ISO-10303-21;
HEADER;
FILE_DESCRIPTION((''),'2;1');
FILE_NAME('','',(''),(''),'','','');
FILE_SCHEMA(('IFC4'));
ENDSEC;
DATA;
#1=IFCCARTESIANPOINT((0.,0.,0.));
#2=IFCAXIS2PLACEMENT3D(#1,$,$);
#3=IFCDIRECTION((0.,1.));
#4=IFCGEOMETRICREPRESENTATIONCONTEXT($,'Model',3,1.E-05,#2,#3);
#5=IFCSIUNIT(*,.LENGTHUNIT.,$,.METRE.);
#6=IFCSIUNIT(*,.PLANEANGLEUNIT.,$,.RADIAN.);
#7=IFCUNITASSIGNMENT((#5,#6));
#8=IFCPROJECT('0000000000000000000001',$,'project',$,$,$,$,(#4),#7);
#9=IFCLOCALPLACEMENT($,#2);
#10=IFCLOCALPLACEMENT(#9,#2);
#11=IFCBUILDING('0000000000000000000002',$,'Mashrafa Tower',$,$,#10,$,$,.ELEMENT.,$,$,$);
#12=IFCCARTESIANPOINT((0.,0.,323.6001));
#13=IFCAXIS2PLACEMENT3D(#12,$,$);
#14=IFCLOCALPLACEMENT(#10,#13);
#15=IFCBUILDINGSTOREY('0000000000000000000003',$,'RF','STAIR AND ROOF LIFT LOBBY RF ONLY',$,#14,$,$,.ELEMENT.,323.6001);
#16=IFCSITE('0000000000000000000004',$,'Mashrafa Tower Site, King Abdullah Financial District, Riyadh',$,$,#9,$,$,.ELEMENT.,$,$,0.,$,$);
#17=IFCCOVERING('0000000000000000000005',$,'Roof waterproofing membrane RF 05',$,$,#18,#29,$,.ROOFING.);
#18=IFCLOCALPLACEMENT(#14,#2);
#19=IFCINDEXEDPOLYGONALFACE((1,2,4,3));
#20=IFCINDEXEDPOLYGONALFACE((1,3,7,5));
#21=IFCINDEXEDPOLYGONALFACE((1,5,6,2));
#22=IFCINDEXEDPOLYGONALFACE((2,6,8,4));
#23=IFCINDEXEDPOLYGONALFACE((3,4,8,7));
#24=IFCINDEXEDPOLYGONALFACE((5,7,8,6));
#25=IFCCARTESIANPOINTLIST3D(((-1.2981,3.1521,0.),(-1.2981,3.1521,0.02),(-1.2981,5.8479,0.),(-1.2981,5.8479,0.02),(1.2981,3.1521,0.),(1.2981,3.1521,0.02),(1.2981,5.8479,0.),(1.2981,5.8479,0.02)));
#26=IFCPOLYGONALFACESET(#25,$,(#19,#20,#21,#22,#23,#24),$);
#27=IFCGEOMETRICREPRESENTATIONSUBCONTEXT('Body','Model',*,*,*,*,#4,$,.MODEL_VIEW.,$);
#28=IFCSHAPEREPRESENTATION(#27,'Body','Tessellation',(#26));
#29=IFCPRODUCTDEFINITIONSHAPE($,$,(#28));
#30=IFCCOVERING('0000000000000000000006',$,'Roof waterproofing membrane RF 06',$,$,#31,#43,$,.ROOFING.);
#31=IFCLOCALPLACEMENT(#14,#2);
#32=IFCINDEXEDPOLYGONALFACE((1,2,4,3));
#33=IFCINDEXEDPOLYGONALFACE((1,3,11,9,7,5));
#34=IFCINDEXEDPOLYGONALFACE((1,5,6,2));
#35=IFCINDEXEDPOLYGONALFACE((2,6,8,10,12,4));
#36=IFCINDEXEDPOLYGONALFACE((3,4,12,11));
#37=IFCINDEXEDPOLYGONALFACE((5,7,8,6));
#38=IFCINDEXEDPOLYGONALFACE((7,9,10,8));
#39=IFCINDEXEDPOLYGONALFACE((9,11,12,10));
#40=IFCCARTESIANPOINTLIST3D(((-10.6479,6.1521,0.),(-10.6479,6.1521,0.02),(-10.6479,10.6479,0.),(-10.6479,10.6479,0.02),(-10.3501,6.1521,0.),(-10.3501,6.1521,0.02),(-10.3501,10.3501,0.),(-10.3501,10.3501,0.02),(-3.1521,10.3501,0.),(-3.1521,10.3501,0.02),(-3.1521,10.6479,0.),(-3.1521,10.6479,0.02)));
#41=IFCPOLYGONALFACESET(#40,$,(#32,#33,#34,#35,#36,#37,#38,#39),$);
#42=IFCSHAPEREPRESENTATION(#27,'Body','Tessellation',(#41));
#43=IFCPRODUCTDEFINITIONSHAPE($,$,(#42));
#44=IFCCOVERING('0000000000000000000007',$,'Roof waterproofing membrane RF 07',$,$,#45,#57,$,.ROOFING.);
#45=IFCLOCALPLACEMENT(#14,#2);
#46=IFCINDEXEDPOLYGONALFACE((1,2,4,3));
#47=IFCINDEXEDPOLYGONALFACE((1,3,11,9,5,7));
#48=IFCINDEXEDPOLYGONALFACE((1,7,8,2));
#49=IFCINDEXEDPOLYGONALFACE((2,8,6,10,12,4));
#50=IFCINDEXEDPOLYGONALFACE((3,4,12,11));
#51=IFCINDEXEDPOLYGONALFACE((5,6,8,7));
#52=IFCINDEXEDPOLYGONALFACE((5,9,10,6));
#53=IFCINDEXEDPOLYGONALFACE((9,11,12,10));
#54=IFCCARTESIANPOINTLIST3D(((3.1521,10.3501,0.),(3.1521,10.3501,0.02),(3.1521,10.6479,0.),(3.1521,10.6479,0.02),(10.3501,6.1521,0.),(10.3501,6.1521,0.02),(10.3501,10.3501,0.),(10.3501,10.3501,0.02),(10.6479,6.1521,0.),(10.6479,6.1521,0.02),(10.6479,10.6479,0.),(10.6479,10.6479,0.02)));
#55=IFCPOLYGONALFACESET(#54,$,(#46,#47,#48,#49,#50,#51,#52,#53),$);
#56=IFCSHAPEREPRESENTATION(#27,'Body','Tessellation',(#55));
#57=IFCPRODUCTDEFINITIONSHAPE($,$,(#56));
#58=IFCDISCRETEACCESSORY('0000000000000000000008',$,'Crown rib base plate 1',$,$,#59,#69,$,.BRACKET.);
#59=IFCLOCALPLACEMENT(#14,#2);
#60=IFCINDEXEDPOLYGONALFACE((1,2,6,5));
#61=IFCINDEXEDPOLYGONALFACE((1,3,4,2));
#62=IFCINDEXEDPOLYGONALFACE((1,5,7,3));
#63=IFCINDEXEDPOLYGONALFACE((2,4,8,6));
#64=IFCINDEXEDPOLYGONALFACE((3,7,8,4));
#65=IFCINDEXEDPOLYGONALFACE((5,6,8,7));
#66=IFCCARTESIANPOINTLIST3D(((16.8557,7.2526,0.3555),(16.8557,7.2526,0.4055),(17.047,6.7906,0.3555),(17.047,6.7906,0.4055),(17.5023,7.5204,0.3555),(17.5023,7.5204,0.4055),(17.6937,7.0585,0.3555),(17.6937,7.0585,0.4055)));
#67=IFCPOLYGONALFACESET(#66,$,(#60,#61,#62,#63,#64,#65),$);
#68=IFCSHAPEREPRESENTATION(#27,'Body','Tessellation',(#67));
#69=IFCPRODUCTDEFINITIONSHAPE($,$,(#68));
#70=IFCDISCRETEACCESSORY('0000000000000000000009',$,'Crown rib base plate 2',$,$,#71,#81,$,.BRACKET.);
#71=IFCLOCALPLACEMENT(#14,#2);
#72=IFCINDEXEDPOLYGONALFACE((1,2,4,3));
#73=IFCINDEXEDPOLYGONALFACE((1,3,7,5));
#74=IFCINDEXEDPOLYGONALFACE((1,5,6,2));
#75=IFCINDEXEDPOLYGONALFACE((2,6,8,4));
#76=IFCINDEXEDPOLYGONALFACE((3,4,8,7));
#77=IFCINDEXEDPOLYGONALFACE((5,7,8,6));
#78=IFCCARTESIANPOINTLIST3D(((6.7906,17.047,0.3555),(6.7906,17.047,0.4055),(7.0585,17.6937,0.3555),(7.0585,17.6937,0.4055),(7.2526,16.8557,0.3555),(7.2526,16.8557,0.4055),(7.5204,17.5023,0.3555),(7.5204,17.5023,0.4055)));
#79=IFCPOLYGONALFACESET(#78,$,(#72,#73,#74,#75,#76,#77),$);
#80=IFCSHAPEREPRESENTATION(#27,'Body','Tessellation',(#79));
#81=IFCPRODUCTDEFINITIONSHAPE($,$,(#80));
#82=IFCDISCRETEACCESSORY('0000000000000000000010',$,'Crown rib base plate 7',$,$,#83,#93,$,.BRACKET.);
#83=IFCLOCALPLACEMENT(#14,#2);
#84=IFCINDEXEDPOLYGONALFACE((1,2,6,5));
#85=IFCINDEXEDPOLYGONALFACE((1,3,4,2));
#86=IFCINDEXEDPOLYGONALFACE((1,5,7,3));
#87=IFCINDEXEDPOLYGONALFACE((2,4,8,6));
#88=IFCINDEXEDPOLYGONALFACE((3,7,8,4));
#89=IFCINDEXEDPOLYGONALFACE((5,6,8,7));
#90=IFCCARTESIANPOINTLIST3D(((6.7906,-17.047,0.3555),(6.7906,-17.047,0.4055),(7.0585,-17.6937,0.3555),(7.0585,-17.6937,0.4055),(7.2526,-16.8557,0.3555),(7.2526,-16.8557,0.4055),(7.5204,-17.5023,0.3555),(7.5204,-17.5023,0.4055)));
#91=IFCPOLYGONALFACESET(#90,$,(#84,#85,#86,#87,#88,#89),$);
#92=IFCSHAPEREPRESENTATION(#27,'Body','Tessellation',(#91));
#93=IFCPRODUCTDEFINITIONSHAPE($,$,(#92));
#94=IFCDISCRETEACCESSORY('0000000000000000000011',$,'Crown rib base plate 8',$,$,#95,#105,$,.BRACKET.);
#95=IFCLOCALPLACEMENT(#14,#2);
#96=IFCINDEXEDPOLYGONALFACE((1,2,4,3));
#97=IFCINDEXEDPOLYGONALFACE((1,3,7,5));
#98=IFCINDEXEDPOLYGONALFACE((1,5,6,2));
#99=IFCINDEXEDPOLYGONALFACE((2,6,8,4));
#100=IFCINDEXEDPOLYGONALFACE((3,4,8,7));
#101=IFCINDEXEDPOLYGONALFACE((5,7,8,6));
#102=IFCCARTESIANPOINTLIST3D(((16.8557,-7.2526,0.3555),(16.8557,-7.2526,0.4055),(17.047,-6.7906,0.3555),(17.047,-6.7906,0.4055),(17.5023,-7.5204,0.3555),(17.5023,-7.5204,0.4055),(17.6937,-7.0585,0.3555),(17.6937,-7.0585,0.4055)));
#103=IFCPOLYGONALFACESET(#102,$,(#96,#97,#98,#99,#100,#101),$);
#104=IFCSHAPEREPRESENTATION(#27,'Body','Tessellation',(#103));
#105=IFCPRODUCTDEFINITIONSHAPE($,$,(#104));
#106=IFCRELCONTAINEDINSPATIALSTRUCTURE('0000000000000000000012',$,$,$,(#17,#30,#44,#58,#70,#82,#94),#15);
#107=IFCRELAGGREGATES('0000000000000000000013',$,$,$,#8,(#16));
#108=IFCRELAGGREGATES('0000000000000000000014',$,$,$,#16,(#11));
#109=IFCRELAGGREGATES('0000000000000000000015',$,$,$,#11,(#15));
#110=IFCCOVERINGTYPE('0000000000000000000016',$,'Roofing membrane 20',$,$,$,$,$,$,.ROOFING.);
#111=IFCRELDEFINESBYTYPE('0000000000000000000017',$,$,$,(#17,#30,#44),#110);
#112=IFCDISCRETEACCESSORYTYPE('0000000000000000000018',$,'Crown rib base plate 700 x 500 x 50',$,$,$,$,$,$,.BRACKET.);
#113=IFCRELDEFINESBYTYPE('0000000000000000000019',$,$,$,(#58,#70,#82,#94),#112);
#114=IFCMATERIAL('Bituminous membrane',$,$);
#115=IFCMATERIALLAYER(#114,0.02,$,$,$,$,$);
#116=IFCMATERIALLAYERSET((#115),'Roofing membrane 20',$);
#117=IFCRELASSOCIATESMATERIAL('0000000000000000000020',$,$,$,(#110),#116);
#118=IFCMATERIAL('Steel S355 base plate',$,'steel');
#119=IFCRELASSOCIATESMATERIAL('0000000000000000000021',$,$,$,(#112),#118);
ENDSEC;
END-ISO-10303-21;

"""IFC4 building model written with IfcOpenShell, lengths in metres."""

from ifc_helpers import new_model, si_unit, direction, frame, origin, origin_2d, place, context, subcontext, project, spatial, polyline, rectangle, outline, extrude, source, transform, mapped, material, layer, layer_set, type_object, type_shapes, element, save


model = new_model("IFC4")

# Units and contexts
model_context = context("Model", 3, precision=1e-05, world=origin(), true_north=direction((0.0, 1.0)))
body_context = subcontext(model_context, "Body", "Model", "MODEL_VIEW")
ifc_project = project(units=[si_unit("LENGTHUNIT", "METRE"), si_unit("PLANEANGLEUNIT", "RADIAN")], contexts=[model_context])

# Site, building, storey
site_placement = place(None, origin())
site = spatial("IfcSite", under=ifc_project, at=site_placement, Name="Mashrafa Tower Site, King Abdullah Financial District, Riyadh", CompositionType="ELEMENT", RefElevation=0.0)
building_placement = place(site_placement, origin())
building = spatial("IfcBuilding", under=site, at=building_placement, Name="Mashrafa Tower", CompositionType="ELEMENT")
storey_placement = place(building_placement, frame((0.0, 0.0, 323.6001)))
storey = spatial("IfcBuildingStorey", under=building, at=storey_placement, Name="RF", Description="STAIR AND ROOF LIFT LOBBY RF ONLY", CompositionType="ELEMENT", Elevation=323.6001)

# Coverings
ifc_material_1 = material(Name="Bituminous membrane")
ifc_layer_1 = layer(ifc_material_1, 0.02)
ifc_layer_set_1 = layer_set([ifc_layer_1], Name="Roofing membrane 20")
covering_type = type_object("IfcCoveringType", Name="Roofing membrane 20", PredefinedType="ROOFING", material=ifc_layer_set_1)
covering_1_placement = place(storey_placement, origin())
element("IfcCovering", 1, at=covering_1_placement, inside=storey, type_object=covering_type, Name="Roof waterproofing membrane RF 05", PredefinedType="ROOFING", context=body_context, shape_type="SweptSolid", body=[
    extrude(outline(polyline([(1.2981, 3.1521), (1.2981, 5.8479), (-1.2981, 5.8479), (-1.2981, 3.1521), (1.2981, 3.1521)])), origin(), (0.0, 0.0, 1.0), 0.02),
])
covering_2_placement = place(storey_placement, origin())
element("IfcCovering", 2, at=covering_2_placement, inside=storey, type_object=covering_type, Name="Roof waterproofing membrane RF 06", PredefinedType="ROOFING", context=body_context, shape_type="SweptSolid", body=[
    extrude(outline(polyline([(-10.3501, 6.1521), (-10.3501, 10.3501), (-3.1521, 10.3501), (-3.1521, 10.6479), (-10.6479, 10.6479), (-10.6479, 6.1521), (-10.3501, 6.1521)])), origin(), (0.0, 0.0, 1.0), 0.02),
])
covering_3_placement = place(storey_placement, origin())
element("IfcCovering", 3, at=covering_3_placement, inside=storey, type_object=covering_type, Name="Roof waterproofing membrane RF 07", PredefinedType="ROOFING", context=body_context, shape_type="SweptSolid", body=[
    extrude(outline(polyline([(3.1521, 10.3501), (10.3501, 10.3501), (10.3501, 6.1521), (10.6479, 6.1521), (10.6479, 10.6479), (3.1521, 10.6479), (3.1521, 10.3501)])), origin(), (0.0, 0.0, 1.0), 0.02),
])

# Discrete accessories
ifc_material_2 = material(Name="Steel S355 base plate", Category="steel")
discrete_accessory_type = type_object("IfcDiscreteAccessoryType", Name="Crown rib base plate 700 x 500 x 50", PredefinedType="BRACKET", material=ifc_material_2)
shared_shape_1 = source(origin(), body_context, "Body", "SweptSolid", [
    extrude(rectangle(XDim=0.7, YDim=0.5, at=origin_2d()), origin(), (0.0, 0.0, 1.0), 0.05),
])
type_shapes(discrete_accessory_type, [shared_shape_1])
for number, where, z_axis, x_axis, name in (
    (4, (17.2747, 7.1555, 0.3555), (0.0, 0.0, 1.0), (0.92388, 0.382683, 0.0), "Crown rib base plate 1"),
    (5, (7.1555, 17.2747, 0.3555), (0.0, 0.0, 1.0), (0.382683, 0.92388, 0.0), "Crown rib base plate 2"),
    (6, (7.1555, -17.2747, 0.3555), (0.0, 0.0, 1.0), (0.382683, -0.92388, 0.0), "Crown rib base plate 7"),
    (7, (17.2747, -7.1555, 0.3555), (0.0, 0.0, 1.0), (0.92388, -0.382683, 0.0), "Crown rib base plate 8"),
):
    element("IfcDiscreteAccessory", number, at=place(storey_placement, frame(where, z_axis=z_axis, x_axis=x_axis)), inside=storey, type_object=discrete_accessory_type, Name=name, PredefinedType="BRACKET", context=body_context, shape_type="MappedRepresentation", body=[
        mapped(shared_shape_1, transform((0.0, 0.0, 0.0))),
    ])

save(model, "model.ifc")
